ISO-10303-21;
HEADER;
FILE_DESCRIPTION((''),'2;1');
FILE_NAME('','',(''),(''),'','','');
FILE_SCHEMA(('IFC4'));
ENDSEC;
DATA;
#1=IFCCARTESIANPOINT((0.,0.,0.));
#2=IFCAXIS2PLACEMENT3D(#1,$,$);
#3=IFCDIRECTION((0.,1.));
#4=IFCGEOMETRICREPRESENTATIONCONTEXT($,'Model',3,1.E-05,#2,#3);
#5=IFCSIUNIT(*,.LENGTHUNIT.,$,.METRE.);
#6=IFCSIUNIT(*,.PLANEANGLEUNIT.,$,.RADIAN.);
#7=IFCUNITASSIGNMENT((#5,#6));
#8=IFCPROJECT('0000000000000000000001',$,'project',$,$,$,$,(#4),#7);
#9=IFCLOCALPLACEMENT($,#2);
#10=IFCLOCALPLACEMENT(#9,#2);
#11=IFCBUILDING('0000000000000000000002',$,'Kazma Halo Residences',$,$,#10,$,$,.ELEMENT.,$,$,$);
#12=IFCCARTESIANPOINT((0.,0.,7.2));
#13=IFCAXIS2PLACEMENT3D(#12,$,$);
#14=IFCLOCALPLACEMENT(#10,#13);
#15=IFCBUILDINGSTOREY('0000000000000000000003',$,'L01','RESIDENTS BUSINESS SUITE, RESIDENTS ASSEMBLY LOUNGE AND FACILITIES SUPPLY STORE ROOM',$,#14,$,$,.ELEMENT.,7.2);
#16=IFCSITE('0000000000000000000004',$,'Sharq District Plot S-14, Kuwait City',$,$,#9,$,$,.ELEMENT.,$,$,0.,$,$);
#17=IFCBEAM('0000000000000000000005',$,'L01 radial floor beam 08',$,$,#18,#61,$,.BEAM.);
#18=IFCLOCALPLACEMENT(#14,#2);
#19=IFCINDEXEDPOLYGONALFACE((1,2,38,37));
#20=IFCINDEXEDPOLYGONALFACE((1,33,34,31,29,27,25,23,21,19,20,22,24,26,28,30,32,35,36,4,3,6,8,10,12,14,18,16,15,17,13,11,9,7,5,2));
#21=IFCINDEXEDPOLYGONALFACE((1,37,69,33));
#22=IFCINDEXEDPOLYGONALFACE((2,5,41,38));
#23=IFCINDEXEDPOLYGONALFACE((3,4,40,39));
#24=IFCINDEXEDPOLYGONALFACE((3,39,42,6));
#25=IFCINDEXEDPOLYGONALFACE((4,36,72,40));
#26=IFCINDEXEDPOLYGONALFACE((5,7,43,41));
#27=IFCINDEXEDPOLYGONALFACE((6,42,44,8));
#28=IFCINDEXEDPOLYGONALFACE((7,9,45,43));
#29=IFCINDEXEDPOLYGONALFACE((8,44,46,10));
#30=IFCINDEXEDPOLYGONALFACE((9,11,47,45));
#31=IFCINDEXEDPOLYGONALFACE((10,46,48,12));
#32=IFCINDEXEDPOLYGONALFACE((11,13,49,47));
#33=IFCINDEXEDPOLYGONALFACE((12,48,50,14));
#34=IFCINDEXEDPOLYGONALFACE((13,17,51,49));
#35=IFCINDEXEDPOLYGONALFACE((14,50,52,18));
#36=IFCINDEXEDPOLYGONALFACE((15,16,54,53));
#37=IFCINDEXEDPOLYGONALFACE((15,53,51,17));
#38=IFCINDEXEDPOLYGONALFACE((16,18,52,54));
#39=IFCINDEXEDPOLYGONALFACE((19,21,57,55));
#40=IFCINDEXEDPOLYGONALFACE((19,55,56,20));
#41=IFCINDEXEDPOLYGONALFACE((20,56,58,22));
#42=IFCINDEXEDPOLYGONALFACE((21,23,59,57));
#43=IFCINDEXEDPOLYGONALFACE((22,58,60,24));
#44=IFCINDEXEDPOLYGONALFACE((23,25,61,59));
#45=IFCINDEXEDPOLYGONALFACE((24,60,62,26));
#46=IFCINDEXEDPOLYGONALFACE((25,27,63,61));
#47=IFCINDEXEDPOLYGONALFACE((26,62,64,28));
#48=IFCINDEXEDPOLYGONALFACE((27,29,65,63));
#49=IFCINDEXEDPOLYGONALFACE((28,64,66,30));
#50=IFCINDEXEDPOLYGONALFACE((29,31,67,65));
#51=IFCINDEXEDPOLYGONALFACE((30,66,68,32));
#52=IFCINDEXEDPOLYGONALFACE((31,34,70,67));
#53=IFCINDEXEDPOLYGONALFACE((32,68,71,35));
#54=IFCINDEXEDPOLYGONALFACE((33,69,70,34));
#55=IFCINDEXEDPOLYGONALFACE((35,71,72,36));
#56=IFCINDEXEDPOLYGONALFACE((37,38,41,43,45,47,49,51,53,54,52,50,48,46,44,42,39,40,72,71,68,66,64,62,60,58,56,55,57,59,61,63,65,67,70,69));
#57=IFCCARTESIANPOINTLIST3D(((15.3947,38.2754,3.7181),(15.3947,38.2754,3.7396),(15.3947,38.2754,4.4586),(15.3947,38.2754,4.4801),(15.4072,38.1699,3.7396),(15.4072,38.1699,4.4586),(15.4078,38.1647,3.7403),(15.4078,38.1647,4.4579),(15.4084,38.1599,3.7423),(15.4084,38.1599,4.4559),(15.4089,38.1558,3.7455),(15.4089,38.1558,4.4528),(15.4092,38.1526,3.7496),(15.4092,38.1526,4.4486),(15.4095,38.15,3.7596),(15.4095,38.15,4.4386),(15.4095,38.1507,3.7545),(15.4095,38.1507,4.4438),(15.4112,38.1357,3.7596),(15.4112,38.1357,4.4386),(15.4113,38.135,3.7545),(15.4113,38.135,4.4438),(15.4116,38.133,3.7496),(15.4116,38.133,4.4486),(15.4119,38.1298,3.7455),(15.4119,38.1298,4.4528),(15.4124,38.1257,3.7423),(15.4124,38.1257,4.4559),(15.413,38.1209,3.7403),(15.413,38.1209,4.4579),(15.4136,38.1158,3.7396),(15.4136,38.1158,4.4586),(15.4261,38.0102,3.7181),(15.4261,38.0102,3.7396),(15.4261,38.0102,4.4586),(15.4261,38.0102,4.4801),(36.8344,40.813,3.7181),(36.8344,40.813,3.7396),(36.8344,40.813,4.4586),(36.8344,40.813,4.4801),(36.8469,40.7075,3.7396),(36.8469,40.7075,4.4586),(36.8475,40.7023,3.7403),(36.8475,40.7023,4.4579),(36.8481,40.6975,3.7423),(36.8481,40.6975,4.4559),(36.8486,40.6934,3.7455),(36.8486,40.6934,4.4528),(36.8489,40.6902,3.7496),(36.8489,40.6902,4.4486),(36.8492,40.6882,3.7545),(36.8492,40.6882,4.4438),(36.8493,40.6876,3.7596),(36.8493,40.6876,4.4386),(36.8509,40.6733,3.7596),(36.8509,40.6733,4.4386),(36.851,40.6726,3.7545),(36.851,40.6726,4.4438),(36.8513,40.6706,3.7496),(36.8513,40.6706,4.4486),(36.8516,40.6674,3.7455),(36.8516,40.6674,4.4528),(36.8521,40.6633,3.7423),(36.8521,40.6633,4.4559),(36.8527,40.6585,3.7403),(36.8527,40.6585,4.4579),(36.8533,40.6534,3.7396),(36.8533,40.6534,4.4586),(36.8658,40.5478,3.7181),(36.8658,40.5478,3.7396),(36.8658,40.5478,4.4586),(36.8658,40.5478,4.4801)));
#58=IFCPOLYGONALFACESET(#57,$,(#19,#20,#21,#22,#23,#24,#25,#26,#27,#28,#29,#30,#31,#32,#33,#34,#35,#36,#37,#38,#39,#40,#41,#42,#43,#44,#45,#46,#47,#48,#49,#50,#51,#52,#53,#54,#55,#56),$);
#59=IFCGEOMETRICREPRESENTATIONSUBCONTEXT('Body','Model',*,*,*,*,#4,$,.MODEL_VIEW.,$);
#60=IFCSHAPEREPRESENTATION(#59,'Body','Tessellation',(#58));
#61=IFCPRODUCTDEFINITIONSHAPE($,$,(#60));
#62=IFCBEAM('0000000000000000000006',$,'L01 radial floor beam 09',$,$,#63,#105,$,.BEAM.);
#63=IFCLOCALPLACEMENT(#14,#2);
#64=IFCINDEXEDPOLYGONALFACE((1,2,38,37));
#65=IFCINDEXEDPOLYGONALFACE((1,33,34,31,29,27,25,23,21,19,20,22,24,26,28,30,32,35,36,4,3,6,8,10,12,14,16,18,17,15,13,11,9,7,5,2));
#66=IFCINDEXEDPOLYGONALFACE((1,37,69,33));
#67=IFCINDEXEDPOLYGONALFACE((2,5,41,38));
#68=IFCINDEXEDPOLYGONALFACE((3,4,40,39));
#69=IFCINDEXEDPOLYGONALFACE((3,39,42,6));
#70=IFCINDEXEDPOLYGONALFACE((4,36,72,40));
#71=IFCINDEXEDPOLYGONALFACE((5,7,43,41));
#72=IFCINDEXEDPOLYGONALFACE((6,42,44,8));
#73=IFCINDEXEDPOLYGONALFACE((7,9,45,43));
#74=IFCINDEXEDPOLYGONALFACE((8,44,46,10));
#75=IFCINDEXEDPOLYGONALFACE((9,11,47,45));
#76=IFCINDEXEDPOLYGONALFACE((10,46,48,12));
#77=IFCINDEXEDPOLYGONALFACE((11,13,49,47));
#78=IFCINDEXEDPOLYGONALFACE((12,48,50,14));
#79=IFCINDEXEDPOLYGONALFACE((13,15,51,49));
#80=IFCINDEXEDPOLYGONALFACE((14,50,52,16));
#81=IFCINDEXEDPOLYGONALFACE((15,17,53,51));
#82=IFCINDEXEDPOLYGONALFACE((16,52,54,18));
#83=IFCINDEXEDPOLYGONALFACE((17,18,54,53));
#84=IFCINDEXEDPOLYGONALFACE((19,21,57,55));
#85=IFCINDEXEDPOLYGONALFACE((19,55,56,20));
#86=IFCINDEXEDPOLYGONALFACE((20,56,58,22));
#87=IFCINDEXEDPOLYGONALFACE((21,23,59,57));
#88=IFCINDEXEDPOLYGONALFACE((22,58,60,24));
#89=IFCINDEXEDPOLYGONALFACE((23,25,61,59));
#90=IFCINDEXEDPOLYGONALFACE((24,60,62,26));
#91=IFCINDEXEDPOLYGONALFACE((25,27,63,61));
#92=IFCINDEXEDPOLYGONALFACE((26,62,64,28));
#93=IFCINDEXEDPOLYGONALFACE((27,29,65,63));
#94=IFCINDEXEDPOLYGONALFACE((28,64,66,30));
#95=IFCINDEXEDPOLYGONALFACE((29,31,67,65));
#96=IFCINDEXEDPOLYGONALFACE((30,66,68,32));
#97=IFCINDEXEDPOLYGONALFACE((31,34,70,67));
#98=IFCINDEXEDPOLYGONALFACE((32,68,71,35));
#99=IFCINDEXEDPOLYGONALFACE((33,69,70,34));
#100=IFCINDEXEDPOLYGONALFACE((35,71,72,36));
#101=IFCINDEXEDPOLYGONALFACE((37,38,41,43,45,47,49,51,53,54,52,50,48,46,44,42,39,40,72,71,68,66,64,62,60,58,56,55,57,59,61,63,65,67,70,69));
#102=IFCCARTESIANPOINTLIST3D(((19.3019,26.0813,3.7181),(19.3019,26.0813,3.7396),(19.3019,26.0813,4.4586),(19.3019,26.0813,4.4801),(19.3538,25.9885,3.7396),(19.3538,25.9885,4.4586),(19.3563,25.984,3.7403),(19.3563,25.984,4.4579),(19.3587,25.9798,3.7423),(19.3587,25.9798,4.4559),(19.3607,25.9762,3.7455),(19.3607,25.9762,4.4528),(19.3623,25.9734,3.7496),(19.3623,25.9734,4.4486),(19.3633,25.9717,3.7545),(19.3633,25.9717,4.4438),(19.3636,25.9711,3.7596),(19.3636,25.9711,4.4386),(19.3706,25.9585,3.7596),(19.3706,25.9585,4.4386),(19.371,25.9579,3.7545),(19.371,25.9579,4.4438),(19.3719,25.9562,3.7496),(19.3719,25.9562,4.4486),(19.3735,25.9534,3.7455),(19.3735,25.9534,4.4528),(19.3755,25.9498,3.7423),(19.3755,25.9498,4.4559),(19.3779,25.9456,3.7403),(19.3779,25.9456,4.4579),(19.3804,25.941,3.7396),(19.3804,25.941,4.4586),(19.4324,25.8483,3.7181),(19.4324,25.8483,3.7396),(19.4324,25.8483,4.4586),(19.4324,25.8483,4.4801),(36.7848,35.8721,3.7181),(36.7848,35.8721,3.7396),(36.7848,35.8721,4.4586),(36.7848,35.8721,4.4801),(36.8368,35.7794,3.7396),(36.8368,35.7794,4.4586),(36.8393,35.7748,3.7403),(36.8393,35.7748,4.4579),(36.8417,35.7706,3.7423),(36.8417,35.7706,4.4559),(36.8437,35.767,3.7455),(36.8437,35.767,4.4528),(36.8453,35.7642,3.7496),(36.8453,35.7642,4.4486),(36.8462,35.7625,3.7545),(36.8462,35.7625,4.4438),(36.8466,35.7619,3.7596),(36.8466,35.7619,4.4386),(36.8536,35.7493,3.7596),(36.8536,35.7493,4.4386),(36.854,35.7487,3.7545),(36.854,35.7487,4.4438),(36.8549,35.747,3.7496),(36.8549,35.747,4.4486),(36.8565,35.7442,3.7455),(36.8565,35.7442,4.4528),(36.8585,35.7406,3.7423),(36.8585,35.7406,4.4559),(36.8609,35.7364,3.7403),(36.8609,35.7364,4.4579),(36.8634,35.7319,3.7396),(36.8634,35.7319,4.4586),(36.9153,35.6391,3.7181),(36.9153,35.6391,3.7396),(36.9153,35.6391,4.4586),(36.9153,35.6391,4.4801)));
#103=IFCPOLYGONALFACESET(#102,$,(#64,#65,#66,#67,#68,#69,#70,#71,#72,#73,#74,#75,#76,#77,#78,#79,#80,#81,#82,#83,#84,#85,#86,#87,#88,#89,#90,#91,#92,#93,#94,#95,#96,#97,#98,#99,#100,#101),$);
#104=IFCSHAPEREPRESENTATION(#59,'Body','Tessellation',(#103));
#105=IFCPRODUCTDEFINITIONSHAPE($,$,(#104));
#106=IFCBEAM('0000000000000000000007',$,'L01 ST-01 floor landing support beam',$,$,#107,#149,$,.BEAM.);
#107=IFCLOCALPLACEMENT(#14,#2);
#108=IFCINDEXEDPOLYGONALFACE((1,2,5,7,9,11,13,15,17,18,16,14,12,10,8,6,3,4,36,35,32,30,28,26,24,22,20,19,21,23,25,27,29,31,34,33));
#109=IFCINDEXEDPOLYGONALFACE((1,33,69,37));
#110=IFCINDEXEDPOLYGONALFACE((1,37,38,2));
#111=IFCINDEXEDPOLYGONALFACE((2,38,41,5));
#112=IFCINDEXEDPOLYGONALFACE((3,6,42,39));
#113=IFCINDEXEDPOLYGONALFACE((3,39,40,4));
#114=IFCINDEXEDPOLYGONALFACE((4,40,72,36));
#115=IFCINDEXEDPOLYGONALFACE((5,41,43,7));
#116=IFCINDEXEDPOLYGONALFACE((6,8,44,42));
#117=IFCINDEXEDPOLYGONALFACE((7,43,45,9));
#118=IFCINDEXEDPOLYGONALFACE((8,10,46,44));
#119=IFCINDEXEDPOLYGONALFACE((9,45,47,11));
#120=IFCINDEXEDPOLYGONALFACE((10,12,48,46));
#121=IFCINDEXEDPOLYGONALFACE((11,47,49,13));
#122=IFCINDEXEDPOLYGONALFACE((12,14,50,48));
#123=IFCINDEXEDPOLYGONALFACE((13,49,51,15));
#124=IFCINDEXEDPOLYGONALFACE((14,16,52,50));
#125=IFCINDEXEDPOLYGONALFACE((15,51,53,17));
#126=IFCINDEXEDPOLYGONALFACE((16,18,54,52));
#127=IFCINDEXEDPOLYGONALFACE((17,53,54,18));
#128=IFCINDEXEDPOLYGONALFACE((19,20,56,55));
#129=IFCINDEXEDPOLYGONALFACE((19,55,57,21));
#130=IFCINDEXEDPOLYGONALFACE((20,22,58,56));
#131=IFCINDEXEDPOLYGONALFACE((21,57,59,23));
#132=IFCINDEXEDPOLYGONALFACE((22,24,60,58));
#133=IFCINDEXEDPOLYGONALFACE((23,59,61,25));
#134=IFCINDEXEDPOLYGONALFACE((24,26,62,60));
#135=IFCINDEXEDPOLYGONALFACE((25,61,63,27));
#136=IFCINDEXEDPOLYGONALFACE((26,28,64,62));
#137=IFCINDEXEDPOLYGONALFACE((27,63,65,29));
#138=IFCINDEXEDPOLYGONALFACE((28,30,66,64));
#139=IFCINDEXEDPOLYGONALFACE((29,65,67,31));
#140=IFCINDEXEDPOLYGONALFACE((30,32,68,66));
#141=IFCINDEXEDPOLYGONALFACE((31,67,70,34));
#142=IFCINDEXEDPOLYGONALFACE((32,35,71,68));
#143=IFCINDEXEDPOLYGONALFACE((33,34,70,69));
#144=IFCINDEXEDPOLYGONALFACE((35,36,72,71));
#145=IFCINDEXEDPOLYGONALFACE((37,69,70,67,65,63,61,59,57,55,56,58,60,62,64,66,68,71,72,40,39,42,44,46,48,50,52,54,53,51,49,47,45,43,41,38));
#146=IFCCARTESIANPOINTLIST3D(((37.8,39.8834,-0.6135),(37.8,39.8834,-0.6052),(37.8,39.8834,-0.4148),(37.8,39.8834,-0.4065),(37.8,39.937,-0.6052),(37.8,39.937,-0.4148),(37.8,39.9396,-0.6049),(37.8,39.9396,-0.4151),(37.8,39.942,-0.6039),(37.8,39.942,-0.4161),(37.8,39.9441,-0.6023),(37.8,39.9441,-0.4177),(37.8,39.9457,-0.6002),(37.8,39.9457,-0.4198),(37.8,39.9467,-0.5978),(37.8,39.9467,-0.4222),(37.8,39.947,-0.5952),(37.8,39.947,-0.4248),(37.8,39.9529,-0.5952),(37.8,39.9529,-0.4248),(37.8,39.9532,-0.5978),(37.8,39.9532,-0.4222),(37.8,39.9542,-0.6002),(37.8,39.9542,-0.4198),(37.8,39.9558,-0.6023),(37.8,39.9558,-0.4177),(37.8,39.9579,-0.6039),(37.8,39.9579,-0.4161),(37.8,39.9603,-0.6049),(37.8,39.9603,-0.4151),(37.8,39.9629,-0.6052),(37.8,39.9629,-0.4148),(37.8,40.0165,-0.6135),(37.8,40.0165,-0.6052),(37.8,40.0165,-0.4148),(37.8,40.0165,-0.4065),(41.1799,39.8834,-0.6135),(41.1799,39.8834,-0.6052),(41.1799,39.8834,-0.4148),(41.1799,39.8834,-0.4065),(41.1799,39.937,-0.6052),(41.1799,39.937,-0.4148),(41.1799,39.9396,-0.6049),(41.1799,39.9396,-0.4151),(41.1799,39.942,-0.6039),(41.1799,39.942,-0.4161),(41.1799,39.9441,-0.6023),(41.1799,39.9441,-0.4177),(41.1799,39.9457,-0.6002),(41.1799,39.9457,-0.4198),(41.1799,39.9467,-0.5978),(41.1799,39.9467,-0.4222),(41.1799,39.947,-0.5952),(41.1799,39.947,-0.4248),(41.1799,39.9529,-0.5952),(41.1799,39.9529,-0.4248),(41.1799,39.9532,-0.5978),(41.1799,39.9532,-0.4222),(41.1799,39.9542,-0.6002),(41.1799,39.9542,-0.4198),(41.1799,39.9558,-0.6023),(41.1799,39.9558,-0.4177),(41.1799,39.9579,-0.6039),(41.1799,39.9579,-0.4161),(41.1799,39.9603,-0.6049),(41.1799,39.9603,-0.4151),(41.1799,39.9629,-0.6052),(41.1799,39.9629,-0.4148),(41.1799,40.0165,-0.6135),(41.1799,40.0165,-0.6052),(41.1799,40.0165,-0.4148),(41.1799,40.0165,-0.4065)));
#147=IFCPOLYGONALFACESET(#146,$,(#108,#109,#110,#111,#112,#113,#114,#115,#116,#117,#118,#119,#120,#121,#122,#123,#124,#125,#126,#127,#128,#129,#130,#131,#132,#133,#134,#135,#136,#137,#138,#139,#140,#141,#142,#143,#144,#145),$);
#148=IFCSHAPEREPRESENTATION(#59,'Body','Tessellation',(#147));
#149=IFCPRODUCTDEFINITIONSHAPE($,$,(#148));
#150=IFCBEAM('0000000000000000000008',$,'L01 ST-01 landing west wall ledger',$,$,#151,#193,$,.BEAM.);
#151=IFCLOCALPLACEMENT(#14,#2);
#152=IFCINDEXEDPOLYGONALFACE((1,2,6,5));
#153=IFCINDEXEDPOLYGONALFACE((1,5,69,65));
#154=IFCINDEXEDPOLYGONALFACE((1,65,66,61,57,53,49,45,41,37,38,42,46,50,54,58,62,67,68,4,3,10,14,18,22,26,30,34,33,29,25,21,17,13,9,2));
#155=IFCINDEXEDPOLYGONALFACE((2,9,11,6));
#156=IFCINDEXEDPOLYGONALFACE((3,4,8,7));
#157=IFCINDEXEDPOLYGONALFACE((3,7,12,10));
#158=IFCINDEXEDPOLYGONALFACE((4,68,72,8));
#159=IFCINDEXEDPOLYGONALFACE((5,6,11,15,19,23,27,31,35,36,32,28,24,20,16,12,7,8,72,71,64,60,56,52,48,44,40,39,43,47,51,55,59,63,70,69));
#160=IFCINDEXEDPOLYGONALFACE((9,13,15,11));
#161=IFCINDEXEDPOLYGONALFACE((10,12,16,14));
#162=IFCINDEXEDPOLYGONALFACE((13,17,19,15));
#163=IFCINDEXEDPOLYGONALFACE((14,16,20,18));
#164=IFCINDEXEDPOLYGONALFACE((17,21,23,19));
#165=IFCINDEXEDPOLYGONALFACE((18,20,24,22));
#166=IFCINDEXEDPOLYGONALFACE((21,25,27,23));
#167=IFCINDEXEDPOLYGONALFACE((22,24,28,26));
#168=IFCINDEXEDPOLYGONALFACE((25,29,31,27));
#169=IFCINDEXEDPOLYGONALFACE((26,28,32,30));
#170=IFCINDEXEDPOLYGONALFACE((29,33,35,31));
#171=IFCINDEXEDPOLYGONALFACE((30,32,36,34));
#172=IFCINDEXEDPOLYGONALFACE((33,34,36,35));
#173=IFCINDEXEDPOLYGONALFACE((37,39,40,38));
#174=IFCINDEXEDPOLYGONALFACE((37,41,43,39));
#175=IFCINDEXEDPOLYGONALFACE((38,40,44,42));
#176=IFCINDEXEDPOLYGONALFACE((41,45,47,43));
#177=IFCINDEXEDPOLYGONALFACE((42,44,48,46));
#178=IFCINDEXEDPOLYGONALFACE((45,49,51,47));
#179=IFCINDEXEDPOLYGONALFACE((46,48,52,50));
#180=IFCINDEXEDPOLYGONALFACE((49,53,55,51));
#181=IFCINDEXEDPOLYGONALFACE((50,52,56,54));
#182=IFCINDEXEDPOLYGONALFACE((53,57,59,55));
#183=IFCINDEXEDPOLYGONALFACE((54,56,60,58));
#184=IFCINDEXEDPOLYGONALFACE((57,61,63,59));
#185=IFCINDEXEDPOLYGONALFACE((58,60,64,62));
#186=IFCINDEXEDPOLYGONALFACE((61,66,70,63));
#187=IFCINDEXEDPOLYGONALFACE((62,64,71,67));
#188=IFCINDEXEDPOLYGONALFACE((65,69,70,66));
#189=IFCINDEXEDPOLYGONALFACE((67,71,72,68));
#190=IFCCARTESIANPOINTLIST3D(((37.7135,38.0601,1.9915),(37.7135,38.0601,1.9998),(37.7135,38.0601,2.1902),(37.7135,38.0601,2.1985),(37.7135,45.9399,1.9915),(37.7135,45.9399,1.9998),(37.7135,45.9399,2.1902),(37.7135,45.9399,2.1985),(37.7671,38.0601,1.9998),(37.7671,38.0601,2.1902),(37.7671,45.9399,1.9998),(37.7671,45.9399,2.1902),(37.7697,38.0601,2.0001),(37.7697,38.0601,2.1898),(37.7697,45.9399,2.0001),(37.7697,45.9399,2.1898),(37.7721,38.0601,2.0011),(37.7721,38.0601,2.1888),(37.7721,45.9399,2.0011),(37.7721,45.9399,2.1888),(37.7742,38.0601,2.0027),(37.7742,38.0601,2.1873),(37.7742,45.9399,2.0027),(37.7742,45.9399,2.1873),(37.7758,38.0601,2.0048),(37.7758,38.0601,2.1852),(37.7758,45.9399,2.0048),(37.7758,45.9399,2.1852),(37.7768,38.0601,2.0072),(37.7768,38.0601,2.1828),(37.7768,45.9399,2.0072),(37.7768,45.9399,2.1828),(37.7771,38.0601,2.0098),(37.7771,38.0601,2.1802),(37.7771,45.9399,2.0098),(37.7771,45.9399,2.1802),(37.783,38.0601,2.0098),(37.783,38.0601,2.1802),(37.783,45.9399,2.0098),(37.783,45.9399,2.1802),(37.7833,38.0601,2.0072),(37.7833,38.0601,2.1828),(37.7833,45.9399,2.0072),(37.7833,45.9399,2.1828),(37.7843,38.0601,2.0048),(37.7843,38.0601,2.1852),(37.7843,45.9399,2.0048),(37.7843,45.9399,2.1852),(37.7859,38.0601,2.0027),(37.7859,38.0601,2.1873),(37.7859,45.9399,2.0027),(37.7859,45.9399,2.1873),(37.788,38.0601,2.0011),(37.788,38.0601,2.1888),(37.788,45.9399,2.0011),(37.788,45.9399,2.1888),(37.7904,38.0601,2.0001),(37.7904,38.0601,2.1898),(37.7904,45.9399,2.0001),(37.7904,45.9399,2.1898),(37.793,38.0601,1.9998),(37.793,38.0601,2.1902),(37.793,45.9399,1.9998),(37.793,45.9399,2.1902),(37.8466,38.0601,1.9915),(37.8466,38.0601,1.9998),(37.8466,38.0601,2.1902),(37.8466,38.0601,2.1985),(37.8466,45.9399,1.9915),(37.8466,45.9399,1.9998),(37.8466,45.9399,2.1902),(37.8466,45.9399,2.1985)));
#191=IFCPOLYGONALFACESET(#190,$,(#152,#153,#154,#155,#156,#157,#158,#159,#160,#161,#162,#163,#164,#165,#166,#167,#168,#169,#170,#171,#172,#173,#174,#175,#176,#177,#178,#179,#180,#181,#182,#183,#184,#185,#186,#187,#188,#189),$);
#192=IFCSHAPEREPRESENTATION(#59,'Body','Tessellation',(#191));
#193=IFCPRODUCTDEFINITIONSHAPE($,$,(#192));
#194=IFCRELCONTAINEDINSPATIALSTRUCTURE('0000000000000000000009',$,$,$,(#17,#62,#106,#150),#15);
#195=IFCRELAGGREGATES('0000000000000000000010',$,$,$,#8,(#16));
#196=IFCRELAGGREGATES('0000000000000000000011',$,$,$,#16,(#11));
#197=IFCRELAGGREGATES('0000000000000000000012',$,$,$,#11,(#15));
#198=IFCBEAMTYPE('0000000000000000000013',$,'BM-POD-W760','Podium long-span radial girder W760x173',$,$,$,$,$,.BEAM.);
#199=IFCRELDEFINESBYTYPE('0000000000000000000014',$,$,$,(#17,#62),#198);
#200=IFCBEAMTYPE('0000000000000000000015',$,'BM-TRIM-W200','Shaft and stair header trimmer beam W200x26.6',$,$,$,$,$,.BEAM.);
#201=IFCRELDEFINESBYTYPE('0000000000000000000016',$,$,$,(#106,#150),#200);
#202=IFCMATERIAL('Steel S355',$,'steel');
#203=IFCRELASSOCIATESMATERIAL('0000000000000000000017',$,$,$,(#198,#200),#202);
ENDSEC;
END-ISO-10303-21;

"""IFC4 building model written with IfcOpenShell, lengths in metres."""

from ifc_helpers import new_model, si_unit, direction, frame, origin, origin_2d, place, context, subcontext, project, spatial, i_section, extrude, material, material_profile, profile_set, type_object, element, save


model = new_model("IFC4")

# Units and contexts
model_context = context("Model", 3, precision=1e-05, world=origin(), true_north=direction((0.0, 1.0)))
body_context = subcontext(model_context, "Body", "Model", "MODEL_VIEW")
ifc_project = project(units=[si_unit("LENGTHUNIT", "METRE"), si_unit("PLANEANGLEUNIT", "RADIAN")], contexts=[model_context])

# Site, building, storey
site_placement = place(None, origin())
site = spatial("IfcSite", under=ifc_project, at=site_placement, Name="Sharq District Plot S-14, Kuwait City", CompositionType="ELEMENT", RefElevation=0.0)
building_placement = place(site_placement, origin())
building = spatial("IfcBuilding", under=site, at=building_placement, Name="Kazma Halo Residences", CompositionType="ELEMENT")
storey_placement = place(building_placement, frame((0.0, 0.0, 7.2)))
storey = spatial("IfcBuildingStorey", under=building, at=storey_placement, Name="L01", Description="RESIDENTS BUSINESS SUITE, RESIDENTS ASSEMBLY LOUNGE AND FACILITIES SUPPLY STORE ROOM", CompositionType="ELEMENT", Elevation=7.2)

# Beams
ifc_material_1 = material(Name="Steel S355", Category="steel")
ifc_material_profile_1 = material_profile(ifc_material_1, i_section(OverallWidth=0.2671, OverallDepth=0.762, WebThickness=0.0144, FlangeThickness=0.0215, FilletRadius=0.02, at=origin_2d()), Name="W760x173")
ifc_profile_set_1 = profile_set([ifc_material_profile_1], Name="Steel S355")
beam_type_1 = type_object("IfcBeamType", Name="BM-POD-W760", Description="Podium long-span radial girder W760x173", PredefinedType="BEAM", material=ifc_profile_set_1)
beam_1_placement = place(storey_placement, frame((36.8501, 40.6804, 4.0991), z_axis=(-0.993068, -0.117539, 0.0), x_axis=(0.117539, -0.993068, 0.0)))
element("IfcBeam", 1, at=beam_1_placement, inside=storey, type_object=beam_type_1, Name="L01 radial floor beam 08", PredefinedType="BEAM", context=body_context, shape_type="SweptSolid", body=[
    extrude(i_section(OverallWidth=0.2671, OverallDepth=0.762, WebThickness=0.0144, FlangeThickness=0.0215, FilletRadius=0.02, at=origin_2d()), origin(), (0.0, 0.0, 1.0), 21.5894),
])
beam_2_placement = place(storey_placement, frame((36.8501, 35.7556, 4.0991), z_axis=(-0.872499, -0.488616, 0.0), x_axis=(0.488616, -0.872499, 0.0)))
element("IfcBeam", 2, at=beam_2_placement, inside=storey, type_object=beam_type_1, Name="L01 radial floor beam 09", PredefinedType="BEAM", context=body_context, shape_type="SweptSolid", body=[
    extrude(i_section(OverallWidth=0.2671, OverallDepth=0.762, WebThickness=0.0144, FlangeThickness=0.0215, FilletRadius=0.02, at=origin_2d()), origin(), (0.0, 0.0, 1.0), 20.0378),
])
ifc_material_profile_2 = material_profile(ifc_material_1, i_section(OverallWidth=0.1331, OverallDepth=0.207, WebThickness=0.0059, FlangeThickness=0.0083, FilletRadius=0.01, at=origin_2d()), Name="W200x26.6")
ifc_profile_set_2 = profile_set([ifc_material_profile_2], Name="Steel S355")
beam_type_2 = type_object("IfcBeamType", Name="BM-TRIM-W200", Description="Shaft and stair header trimmer beam W200x26.6", PredefinedType="BEAM", material=ifc_profile_set_2)
beam_3_placement = place(storey_placement, frame((37.8, 39.95, -0.51), z_axis=(1.0, 0.0, 0.0), x_axis=(0.0, 1.0, 0.0)))
element("IfcBeam", 3, at=beam_3_placement, inside=storey, type_object=beam_type_2, Name="L01 ST-01 floor landing support beam", PredefinedType="BEAM", context=body_context, shape_type="SweptSolid", body=[
    extrude(i_section(OverallWidth=0.1331, OverallDepth=0.207, WebThickness=0.0059, FlangeThickness=0.0083, FilletRadius=0.01, at=origin_2d()), origin(), (0.0, 0.0, 1.0), 3.3799),
])
beam_4_placement = place(storey_placement, frame((37.78, 38.0601, 2.095), z_axis=(0.0, 1.0, 0.0), x_axis=(-1.0, 0.0, 0.0)))
element("IfcBeam", 4, at=beam_4_placement, inside=storey, type_object=beam_type_2, Name="L01 ST-01 landing west wall ledger", PredefinedType="BEAM", context=body_context, shape_type="SweptSolid", body=[
    extrude(i_section(OverallWidth=0.1331, OverallDepth=0.207, WebThickness=0.0059, FlangeThickness=0.0083, FilletRadius=0.01, at=origin_2d()), origin(), (0.0, 0.0, 1.0), 7.8799),
])

save(model, "model.ifc")
